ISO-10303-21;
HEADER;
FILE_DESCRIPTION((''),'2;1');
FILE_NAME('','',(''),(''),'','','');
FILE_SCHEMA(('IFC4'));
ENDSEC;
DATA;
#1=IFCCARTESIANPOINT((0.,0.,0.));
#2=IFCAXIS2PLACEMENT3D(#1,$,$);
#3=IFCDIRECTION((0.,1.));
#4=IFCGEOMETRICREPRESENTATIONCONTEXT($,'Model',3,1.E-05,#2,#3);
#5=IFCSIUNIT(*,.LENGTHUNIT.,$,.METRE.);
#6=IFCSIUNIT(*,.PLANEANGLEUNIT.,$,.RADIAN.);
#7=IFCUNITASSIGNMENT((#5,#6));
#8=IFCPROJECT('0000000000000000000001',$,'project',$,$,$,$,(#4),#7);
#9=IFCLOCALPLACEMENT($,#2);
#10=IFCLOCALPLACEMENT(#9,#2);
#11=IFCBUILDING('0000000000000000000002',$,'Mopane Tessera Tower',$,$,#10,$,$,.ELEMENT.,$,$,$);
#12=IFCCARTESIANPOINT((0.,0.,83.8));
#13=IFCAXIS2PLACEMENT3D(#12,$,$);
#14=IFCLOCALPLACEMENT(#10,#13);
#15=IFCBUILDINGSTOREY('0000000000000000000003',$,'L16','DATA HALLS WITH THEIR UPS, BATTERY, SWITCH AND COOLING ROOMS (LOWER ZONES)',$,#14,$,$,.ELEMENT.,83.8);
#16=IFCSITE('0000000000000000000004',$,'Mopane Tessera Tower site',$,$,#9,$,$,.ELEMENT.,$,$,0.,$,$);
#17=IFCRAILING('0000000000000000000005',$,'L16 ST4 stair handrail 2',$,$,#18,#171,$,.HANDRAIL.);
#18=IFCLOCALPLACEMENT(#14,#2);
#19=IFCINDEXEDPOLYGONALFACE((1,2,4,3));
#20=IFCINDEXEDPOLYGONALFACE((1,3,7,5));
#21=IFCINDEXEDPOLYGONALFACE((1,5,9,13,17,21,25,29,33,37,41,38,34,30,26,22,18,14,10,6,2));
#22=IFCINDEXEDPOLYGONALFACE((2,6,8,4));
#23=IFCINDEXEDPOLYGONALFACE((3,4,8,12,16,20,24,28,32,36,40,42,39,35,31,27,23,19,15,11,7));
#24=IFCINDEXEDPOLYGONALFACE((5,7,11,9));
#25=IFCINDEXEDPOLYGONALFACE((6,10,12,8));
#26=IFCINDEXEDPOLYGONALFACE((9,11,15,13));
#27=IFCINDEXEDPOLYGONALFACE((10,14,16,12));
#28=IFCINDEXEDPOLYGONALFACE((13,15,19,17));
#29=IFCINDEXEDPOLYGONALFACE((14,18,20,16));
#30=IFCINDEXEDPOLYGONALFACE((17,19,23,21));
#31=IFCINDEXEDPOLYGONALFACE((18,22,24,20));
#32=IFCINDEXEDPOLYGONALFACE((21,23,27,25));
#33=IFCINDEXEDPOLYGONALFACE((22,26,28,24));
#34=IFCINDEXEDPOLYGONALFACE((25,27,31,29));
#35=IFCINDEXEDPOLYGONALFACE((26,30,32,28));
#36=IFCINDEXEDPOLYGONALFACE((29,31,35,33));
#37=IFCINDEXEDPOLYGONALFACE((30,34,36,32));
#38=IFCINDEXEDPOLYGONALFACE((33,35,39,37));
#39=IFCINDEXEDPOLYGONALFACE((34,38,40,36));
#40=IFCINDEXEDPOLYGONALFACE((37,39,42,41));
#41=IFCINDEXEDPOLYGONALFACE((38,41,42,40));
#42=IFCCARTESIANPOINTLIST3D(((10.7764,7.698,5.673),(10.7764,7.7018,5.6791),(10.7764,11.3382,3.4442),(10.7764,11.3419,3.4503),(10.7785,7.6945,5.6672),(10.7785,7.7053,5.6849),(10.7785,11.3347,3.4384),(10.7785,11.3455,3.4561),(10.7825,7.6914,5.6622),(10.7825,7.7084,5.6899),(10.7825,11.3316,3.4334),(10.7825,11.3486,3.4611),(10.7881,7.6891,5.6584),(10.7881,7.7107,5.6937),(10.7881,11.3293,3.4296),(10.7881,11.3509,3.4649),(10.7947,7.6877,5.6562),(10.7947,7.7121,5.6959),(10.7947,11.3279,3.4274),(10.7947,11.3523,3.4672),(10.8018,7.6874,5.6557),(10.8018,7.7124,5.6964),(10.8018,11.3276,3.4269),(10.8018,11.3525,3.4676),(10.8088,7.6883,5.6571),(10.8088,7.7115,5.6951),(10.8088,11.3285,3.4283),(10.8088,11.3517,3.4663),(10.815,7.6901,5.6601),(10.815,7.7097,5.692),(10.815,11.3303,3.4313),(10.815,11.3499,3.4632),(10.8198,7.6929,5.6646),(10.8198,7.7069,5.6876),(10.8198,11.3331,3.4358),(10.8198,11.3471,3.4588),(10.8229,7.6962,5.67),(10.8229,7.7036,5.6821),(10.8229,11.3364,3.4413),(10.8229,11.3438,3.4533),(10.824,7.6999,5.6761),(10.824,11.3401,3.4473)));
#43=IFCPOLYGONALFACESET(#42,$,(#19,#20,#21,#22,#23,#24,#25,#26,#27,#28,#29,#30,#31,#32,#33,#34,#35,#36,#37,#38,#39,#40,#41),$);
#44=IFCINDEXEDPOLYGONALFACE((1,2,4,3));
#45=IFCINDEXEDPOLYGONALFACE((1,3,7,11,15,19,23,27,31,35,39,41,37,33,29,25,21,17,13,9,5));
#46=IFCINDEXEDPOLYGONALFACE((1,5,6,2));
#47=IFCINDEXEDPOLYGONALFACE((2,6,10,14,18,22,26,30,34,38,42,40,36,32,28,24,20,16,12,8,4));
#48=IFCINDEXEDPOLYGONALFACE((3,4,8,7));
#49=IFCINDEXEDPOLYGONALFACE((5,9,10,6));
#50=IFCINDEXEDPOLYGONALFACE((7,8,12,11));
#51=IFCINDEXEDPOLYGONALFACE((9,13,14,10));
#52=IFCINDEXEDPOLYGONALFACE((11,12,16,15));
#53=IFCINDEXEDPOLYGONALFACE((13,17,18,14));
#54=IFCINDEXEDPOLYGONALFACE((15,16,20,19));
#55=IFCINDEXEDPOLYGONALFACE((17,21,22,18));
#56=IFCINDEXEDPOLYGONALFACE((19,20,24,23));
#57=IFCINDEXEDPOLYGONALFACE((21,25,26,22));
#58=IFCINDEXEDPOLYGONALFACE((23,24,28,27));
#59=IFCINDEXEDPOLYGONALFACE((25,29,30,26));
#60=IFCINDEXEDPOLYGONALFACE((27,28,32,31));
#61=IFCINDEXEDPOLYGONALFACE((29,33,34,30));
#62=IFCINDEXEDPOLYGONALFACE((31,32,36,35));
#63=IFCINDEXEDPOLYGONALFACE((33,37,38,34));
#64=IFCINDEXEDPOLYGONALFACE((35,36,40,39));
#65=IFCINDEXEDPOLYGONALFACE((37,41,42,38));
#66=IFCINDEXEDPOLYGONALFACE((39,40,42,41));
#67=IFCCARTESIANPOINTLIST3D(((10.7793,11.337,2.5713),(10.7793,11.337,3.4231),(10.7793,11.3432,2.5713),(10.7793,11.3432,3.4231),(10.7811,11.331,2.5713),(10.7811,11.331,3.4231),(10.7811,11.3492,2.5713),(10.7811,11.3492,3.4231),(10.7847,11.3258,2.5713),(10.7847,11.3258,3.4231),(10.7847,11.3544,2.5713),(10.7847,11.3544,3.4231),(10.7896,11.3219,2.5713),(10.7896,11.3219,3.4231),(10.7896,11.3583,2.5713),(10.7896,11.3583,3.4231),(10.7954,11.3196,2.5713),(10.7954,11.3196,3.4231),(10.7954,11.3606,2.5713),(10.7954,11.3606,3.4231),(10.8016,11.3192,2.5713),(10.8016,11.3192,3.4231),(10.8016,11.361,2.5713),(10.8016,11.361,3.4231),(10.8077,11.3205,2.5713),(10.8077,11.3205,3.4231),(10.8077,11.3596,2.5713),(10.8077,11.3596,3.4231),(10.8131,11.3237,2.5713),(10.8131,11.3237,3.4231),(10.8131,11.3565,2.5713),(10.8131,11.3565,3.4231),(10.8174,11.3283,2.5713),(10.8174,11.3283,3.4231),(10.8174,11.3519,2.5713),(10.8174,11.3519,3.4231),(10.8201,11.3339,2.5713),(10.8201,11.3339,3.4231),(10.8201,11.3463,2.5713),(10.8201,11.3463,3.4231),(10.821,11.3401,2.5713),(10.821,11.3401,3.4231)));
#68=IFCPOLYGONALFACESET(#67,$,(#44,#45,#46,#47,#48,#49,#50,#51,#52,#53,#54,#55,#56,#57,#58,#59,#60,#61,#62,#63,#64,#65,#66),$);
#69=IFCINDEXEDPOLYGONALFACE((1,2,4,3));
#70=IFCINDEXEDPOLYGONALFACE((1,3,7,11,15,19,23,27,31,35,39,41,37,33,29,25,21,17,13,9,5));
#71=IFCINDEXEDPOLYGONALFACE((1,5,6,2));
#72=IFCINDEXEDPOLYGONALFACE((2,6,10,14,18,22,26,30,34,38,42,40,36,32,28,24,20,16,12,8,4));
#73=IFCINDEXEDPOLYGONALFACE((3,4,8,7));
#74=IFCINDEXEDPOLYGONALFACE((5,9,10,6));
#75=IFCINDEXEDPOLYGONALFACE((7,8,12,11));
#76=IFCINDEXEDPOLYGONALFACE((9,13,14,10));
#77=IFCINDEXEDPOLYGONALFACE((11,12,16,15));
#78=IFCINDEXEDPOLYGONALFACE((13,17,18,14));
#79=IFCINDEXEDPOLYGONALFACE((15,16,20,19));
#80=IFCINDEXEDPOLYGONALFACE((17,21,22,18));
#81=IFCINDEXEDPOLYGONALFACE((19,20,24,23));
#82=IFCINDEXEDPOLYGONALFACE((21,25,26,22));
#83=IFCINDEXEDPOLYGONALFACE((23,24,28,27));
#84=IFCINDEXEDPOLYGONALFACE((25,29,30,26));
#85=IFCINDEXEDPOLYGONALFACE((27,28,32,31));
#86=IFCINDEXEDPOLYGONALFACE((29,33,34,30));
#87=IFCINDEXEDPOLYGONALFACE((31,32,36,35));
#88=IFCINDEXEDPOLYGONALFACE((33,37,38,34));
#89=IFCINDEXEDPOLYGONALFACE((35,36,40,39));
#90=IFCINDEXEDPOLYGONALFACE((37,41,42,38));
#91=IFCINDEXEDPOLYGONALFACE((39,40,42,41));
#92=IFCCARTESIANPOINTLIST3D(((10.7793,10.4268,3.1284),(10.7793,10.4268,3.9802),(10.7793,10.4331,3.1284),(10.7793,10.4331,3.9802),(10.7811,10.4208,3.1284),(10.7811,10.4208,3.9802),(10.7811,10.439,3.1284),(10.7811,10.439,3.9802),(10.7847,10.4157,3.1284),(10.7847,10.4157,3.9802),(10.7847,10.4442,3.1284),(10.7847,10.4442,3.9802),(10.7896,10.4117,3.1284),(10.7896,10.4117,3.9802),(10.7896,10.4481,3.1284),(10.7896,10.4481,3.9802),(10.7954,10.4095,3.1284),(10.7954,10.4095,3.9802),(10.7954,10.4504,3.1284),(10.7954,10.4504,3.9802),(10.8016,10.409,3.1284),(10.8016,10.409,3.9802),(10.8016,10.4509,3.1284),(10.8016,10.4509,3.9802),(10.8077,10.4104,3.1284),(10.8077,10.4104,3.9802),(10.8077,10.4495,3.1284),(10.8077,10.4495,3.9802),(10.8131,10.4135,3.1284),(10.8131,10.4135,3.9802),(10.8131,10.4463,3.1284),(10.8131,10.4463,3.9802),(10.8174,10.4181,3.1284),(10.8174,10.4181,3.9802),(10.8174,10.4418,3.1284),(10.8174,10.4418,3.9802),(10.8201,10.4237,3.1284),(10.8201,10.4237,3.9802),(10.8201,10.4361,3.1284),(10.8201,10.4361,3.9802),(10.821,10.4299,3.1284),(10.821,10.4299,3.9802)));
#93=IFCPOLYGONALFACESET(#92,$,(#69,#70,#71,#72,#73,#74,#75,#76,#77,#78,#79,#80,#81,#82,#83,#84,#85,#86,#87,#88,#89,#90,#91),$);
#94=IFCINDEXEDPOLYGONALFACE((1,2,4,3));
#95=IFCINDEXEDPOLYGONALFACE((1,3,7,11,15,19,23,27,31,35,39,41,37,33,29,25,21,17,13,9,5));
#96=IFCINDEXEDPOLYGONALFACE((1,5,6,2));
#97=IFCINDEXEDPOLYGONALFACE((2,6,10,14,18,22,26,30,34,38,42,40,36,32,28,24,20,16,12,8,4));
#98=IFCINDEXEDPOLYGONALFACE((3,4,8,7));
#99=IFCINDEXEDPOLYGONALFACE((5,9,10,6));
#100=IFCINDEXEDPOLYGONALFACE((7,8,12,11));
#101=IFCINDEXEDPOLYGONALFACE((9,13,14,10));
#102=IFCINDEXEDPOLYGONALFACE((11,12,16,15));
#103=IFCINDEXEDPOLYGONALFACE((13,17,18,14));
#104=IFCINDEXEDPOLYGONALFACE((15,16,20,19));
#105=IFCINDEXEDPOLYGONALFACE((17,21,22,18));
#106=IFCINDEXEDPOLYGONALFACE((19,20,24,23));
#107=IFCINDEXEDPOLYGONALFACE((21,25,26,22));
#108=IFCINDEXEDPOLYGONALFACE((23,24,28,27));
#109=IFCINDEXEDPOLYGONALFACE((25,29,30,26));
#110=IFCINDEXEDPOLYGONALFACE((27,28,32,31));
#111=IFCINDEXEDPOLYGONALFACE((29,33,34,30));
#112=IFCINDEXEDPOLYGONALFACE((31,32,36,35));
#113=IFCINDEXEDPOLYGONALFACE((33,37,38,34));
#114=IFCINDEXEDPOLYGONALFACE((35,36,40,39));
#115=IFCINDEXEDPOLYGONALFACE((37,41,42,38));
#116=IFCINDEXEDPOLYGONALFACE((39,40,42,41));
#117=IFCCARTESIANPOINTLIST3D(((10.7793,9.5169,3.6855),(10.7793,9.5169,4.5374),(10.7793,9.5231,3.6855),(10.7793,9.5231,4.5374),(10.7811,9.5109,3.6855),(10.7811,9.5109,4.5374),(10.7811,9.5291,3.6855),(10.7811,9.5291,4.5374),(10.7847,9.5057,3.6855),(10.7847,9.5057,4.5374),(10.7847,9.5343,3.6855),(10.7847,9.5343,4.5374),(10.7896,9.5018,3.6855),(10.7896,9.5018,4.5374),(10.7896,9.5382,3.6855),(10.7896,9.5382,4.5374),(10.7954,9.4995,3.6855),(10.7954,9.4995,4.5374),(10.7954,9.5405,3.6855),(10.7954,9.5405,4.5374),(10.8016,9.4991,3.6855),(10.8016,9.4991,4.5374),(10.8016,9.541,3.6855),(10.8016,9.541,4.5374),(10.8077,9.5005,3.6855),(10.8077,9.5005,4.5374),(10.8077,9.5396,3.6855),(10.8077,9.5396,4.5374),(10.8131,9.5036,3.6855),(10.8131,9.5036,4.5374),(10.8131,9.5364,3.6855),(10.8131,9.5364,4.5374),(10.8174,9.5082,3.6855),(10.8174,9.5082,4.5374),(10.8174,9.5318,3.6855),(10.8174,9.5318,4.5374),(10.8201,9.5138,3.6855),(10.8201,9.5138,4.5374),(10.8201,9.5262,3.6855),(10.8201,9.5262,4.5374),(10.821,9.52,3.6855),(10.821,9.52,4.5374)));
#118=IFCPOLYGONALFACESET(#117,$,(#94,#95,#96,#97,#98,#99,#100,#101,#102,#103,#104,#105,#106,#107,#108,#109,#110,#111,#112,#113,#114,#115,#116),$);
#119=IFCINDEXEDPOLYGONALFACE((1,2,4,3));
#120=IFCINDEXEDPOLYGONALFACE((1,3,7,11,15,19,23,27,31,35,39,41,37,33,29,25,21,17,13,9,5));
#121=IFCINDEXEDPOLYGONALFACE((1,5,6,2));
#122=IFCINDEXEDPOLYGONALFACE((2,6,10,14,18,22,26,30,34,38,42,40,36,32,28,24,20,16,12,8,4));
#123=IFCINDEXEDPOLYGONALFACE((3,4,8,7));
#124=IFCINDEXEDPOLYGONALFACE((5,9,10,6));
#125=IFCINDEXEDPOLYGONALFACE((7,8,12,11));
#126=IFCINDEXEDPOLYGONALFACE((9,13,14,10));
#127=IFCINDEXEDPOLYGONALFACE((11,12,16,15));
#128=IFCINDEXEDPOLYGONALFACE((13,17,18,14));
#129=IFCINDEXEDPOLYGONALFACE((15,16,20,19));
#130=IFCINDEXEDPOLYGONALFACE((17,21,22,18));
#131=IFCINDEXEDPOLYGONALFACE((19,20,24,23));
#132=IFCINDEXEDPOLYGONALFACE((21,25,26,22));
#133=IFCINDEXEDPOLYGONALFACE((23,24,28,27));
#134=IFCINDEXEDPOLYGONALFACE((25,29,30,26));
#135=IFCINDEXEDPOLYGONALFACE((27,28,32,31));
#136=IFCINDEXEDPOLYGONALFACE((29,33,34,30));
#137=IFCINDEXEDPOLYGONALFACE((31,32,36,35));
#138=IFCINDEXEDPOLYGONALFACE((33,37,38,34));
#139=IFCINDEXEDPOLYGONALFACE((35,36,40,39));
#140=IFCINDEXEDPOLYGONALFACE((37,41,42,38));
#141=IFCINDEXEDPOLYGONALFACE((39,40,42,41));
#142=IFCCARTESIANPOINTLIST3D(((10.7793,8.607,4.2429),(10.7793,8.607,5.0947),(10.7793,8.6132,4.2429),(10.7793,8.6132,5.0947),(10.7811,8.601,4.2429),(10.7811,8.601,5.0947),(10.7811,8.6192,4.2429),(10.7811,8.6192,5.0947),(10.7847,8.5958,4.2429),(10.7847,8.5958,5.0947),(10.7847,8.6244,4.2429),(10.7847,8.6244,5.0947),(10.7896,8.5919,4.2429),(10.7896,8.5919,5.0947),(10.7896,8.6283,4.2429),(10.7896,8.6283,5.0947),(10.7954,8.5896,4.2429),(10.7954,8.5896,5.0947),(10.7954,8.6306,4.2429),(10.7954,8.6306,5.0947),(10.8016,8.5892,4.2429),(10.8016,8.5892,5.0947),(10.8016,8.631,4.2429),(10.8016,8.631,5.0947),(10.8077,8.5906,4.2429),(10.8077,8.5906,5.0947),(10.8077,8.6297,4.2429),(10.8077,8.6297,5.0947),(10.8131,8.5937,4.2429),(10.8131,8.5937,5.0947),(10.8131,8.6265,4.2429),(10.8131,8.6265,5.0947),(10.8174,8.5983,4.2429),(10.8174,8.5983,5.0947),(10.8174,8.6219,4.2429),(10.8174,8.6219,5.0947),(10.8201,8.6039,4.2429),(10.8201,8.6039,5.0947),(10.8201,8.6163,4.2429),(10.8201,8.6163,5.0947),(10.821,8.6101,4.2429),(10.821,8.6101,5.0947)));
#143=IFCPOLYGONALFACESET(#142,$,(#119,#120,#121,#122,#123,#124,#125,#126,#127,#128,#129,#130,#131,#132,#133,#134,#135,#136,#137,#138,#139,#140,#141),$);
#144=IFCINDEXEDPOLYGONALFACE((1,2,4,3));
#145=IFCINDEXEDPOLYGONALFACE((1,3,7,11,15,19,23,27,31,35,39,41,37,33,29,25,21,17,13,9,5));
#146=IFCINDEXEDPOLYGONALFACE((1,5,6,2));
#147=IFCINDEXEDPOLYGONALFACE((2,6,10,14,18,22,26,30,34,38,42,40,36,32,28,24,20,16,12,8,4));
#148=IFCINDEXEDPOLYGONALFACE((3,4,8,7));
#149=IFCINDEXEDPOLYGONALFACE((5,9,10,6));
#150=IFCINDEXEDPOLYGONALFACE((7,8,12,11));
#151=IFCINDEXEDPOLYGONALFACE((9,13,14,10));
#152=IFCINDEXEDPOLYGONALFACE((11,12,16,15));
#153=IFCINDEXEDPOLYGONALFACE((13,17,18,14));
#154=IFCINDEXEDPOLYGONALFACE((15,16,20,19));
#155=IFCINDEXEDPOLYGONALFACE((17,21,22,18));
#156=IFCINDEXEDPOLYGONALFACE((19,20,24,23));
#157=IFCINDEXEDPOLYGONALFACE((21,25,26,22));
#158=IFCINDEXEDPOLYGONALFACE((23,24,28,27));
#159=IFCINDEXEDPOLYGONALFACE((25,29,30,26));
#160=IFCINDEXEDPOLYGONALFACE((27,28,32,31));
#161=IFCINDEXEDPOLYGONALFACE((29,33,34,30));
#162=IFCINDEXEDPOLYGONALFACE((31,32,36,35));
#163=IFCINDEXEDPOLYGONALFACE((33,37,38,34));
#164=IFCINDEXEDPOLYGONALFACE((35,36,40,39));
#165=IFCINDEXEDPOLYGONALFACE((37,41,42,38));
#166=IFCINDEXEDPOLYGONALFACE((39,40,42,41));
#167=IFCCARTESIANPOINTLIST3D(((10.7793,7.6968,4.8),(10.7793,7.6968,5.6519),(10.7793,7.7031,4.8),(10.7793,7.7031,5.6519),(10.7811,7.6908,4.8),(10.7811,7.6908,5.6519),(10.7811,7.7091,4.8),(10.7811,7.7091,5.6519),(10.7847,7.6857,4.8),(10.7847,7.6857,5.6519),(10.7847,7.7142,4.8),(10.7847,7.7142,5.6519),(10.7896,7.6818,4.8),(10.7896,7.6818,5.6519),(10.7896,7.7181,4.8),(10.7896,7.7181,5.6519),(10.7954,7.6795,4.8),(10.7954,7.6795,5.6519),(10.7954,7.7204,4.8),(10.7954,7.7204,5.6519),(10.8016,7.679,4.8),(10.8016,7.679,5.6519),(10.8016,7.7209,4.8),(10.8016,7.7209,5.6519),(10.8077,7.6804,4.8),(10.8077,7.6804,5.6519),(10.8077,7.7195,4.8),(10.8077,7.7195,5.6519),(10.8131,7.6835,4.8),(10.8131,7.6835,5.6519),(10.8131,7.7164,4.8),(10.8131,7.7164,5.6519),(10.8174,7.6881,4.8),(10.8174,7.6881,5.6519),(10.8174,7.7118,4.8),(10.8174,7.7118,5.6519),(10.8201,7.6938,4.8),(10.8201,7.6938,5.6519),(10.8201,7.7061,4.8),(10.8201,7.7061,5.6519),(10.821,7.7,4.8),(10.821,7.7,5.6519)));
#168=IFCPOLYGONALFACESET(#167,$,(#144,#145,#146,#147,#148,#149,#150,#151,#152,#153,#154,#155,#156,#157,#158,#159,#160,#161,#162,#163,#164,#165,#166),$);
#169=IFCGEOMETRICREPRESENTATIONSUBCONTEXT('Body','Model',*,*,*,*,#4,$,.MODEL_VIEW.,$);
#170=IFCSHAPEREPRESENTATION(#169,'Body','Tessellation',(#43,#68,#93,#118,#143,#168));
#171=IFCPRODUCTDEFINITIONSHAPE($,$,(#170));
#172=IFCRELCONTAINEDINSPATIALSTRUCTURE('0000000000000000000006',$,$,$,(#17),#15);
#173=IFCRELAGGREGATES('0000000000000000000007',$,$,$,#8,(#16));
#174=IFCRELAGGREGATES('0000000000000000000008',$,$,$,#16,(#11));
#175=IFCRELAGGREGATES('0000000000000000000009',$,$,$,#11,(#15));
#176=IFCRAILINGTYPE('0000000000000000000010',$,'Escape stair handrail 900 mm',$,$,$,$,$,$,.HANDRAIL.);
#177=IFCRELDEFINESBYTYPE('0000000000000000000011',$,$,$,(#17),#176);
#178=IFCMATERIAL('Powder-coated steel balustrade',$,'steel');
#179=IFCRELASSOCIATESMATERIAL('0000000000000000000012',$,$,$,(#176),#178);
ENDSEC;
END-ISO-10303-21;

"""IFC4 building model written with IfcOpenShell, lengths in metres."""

from ifc_helpers import new_model, si_unit, direction, frame, origin, origin_2d, place, context, subcontext, project, spatial, circle, extrude, material, type_object, element, save


model = new_model("IFC4")

# Units and contexts
model_context = context("Model", 3, precision=1e-05, world=origin(), true_north=direction((0.0, 1.0)))
body_context = subcontext(model_context, "Body", "Model", "MODEL_VIEW")
ifc_project = project(units=[si_unit("LENGTHUNIT", "METRE"), si_unit("PLANEANGLEUNIT", "RADIAN")], contexts=[model_context])

# Site, building, storey
site_placement = place(None, origin())
site = spatial("IfcSite", under=ifc_project, at=site_placement, Name="Mopane Tessera Tower site", CompositionType="ELEMENT", RefElevation=0.0)
building_placement = place(site_placement, origin())
building = spatial("IfcBuilding", under=site, at=building_placement, Name="Mopane Tessera Tower", CompositionType="ELEMENT")
storey_placement = place(building_placement, frame((0.0, 0.0, 83.8)))
storey = spatial("IfcBuildingStorey", under=building, at=storey_placement, Name="L16", Description="DATA HALLS WITH THEIR UPS, BATTERY, SWITCH AND COOLING ROOMS (LOWER ZONES)", CompositionType="ELEMENT", Elevation=83.8)

# Railing
ifc_material_1 = material(Name="Powder-coated steel balustrade", Category="steel")
railing_type_1 = type_object("IfcRailingType", Name="Escape stair handrail 900 mm", PredefinedType="HANDRAIL", material=ifc_material_1)
railing_1_placement = place(storey_placement, frame((10.8, 11.3401, 2.5713)))
element("IfcRailing", 1, at=railing_1_placement, inside=storey, type_object=railing_type_1, Name="L16 ST4 stair handrail 2", PredefinedType="HANDRAIL", context=body_context, shape_type="SweptSolid", body=[
    extrude(circle(Radius=0.0239, at=origin_2d()), frame((0.0, 0.0, 0.876), z_axis=(0.0, -0.85284, 0.522172), x_axis=(1.0, 0.0, 0.0)), (0.0, 0.0, 1.0), 4.2683),
    extrude(circle(Radius=0.021, at=origin_2d()), origin(), (0.0, 0.0, 1.0), 0.8518),
    extrude(circle(Radius=0.021, at=origin_2d()), frame((0.0, -0.9102, 0.5571)), (0.0, 0.0, 1.0), 0.8518),
    extrude(circle(Radius=0.021, at=origin_2d()), frame((0.0, -1.8201, 1.1143)), (0.0, 0.0, 1.0), 0.8518),
    extrude(circle(Radius=0.021, at=origin_2d()), frame((0.0, -2.73, 1.6716)), (0.0, 0.0, 1.0), 0.8518),
    extrude(circle(Radius=0.021, at=origin_2d()), frame((0.0, -3.6401, 2.2288)), (0.0, 0.0, 1.0), 0.8518),
])

save(model, "model.ifc")
